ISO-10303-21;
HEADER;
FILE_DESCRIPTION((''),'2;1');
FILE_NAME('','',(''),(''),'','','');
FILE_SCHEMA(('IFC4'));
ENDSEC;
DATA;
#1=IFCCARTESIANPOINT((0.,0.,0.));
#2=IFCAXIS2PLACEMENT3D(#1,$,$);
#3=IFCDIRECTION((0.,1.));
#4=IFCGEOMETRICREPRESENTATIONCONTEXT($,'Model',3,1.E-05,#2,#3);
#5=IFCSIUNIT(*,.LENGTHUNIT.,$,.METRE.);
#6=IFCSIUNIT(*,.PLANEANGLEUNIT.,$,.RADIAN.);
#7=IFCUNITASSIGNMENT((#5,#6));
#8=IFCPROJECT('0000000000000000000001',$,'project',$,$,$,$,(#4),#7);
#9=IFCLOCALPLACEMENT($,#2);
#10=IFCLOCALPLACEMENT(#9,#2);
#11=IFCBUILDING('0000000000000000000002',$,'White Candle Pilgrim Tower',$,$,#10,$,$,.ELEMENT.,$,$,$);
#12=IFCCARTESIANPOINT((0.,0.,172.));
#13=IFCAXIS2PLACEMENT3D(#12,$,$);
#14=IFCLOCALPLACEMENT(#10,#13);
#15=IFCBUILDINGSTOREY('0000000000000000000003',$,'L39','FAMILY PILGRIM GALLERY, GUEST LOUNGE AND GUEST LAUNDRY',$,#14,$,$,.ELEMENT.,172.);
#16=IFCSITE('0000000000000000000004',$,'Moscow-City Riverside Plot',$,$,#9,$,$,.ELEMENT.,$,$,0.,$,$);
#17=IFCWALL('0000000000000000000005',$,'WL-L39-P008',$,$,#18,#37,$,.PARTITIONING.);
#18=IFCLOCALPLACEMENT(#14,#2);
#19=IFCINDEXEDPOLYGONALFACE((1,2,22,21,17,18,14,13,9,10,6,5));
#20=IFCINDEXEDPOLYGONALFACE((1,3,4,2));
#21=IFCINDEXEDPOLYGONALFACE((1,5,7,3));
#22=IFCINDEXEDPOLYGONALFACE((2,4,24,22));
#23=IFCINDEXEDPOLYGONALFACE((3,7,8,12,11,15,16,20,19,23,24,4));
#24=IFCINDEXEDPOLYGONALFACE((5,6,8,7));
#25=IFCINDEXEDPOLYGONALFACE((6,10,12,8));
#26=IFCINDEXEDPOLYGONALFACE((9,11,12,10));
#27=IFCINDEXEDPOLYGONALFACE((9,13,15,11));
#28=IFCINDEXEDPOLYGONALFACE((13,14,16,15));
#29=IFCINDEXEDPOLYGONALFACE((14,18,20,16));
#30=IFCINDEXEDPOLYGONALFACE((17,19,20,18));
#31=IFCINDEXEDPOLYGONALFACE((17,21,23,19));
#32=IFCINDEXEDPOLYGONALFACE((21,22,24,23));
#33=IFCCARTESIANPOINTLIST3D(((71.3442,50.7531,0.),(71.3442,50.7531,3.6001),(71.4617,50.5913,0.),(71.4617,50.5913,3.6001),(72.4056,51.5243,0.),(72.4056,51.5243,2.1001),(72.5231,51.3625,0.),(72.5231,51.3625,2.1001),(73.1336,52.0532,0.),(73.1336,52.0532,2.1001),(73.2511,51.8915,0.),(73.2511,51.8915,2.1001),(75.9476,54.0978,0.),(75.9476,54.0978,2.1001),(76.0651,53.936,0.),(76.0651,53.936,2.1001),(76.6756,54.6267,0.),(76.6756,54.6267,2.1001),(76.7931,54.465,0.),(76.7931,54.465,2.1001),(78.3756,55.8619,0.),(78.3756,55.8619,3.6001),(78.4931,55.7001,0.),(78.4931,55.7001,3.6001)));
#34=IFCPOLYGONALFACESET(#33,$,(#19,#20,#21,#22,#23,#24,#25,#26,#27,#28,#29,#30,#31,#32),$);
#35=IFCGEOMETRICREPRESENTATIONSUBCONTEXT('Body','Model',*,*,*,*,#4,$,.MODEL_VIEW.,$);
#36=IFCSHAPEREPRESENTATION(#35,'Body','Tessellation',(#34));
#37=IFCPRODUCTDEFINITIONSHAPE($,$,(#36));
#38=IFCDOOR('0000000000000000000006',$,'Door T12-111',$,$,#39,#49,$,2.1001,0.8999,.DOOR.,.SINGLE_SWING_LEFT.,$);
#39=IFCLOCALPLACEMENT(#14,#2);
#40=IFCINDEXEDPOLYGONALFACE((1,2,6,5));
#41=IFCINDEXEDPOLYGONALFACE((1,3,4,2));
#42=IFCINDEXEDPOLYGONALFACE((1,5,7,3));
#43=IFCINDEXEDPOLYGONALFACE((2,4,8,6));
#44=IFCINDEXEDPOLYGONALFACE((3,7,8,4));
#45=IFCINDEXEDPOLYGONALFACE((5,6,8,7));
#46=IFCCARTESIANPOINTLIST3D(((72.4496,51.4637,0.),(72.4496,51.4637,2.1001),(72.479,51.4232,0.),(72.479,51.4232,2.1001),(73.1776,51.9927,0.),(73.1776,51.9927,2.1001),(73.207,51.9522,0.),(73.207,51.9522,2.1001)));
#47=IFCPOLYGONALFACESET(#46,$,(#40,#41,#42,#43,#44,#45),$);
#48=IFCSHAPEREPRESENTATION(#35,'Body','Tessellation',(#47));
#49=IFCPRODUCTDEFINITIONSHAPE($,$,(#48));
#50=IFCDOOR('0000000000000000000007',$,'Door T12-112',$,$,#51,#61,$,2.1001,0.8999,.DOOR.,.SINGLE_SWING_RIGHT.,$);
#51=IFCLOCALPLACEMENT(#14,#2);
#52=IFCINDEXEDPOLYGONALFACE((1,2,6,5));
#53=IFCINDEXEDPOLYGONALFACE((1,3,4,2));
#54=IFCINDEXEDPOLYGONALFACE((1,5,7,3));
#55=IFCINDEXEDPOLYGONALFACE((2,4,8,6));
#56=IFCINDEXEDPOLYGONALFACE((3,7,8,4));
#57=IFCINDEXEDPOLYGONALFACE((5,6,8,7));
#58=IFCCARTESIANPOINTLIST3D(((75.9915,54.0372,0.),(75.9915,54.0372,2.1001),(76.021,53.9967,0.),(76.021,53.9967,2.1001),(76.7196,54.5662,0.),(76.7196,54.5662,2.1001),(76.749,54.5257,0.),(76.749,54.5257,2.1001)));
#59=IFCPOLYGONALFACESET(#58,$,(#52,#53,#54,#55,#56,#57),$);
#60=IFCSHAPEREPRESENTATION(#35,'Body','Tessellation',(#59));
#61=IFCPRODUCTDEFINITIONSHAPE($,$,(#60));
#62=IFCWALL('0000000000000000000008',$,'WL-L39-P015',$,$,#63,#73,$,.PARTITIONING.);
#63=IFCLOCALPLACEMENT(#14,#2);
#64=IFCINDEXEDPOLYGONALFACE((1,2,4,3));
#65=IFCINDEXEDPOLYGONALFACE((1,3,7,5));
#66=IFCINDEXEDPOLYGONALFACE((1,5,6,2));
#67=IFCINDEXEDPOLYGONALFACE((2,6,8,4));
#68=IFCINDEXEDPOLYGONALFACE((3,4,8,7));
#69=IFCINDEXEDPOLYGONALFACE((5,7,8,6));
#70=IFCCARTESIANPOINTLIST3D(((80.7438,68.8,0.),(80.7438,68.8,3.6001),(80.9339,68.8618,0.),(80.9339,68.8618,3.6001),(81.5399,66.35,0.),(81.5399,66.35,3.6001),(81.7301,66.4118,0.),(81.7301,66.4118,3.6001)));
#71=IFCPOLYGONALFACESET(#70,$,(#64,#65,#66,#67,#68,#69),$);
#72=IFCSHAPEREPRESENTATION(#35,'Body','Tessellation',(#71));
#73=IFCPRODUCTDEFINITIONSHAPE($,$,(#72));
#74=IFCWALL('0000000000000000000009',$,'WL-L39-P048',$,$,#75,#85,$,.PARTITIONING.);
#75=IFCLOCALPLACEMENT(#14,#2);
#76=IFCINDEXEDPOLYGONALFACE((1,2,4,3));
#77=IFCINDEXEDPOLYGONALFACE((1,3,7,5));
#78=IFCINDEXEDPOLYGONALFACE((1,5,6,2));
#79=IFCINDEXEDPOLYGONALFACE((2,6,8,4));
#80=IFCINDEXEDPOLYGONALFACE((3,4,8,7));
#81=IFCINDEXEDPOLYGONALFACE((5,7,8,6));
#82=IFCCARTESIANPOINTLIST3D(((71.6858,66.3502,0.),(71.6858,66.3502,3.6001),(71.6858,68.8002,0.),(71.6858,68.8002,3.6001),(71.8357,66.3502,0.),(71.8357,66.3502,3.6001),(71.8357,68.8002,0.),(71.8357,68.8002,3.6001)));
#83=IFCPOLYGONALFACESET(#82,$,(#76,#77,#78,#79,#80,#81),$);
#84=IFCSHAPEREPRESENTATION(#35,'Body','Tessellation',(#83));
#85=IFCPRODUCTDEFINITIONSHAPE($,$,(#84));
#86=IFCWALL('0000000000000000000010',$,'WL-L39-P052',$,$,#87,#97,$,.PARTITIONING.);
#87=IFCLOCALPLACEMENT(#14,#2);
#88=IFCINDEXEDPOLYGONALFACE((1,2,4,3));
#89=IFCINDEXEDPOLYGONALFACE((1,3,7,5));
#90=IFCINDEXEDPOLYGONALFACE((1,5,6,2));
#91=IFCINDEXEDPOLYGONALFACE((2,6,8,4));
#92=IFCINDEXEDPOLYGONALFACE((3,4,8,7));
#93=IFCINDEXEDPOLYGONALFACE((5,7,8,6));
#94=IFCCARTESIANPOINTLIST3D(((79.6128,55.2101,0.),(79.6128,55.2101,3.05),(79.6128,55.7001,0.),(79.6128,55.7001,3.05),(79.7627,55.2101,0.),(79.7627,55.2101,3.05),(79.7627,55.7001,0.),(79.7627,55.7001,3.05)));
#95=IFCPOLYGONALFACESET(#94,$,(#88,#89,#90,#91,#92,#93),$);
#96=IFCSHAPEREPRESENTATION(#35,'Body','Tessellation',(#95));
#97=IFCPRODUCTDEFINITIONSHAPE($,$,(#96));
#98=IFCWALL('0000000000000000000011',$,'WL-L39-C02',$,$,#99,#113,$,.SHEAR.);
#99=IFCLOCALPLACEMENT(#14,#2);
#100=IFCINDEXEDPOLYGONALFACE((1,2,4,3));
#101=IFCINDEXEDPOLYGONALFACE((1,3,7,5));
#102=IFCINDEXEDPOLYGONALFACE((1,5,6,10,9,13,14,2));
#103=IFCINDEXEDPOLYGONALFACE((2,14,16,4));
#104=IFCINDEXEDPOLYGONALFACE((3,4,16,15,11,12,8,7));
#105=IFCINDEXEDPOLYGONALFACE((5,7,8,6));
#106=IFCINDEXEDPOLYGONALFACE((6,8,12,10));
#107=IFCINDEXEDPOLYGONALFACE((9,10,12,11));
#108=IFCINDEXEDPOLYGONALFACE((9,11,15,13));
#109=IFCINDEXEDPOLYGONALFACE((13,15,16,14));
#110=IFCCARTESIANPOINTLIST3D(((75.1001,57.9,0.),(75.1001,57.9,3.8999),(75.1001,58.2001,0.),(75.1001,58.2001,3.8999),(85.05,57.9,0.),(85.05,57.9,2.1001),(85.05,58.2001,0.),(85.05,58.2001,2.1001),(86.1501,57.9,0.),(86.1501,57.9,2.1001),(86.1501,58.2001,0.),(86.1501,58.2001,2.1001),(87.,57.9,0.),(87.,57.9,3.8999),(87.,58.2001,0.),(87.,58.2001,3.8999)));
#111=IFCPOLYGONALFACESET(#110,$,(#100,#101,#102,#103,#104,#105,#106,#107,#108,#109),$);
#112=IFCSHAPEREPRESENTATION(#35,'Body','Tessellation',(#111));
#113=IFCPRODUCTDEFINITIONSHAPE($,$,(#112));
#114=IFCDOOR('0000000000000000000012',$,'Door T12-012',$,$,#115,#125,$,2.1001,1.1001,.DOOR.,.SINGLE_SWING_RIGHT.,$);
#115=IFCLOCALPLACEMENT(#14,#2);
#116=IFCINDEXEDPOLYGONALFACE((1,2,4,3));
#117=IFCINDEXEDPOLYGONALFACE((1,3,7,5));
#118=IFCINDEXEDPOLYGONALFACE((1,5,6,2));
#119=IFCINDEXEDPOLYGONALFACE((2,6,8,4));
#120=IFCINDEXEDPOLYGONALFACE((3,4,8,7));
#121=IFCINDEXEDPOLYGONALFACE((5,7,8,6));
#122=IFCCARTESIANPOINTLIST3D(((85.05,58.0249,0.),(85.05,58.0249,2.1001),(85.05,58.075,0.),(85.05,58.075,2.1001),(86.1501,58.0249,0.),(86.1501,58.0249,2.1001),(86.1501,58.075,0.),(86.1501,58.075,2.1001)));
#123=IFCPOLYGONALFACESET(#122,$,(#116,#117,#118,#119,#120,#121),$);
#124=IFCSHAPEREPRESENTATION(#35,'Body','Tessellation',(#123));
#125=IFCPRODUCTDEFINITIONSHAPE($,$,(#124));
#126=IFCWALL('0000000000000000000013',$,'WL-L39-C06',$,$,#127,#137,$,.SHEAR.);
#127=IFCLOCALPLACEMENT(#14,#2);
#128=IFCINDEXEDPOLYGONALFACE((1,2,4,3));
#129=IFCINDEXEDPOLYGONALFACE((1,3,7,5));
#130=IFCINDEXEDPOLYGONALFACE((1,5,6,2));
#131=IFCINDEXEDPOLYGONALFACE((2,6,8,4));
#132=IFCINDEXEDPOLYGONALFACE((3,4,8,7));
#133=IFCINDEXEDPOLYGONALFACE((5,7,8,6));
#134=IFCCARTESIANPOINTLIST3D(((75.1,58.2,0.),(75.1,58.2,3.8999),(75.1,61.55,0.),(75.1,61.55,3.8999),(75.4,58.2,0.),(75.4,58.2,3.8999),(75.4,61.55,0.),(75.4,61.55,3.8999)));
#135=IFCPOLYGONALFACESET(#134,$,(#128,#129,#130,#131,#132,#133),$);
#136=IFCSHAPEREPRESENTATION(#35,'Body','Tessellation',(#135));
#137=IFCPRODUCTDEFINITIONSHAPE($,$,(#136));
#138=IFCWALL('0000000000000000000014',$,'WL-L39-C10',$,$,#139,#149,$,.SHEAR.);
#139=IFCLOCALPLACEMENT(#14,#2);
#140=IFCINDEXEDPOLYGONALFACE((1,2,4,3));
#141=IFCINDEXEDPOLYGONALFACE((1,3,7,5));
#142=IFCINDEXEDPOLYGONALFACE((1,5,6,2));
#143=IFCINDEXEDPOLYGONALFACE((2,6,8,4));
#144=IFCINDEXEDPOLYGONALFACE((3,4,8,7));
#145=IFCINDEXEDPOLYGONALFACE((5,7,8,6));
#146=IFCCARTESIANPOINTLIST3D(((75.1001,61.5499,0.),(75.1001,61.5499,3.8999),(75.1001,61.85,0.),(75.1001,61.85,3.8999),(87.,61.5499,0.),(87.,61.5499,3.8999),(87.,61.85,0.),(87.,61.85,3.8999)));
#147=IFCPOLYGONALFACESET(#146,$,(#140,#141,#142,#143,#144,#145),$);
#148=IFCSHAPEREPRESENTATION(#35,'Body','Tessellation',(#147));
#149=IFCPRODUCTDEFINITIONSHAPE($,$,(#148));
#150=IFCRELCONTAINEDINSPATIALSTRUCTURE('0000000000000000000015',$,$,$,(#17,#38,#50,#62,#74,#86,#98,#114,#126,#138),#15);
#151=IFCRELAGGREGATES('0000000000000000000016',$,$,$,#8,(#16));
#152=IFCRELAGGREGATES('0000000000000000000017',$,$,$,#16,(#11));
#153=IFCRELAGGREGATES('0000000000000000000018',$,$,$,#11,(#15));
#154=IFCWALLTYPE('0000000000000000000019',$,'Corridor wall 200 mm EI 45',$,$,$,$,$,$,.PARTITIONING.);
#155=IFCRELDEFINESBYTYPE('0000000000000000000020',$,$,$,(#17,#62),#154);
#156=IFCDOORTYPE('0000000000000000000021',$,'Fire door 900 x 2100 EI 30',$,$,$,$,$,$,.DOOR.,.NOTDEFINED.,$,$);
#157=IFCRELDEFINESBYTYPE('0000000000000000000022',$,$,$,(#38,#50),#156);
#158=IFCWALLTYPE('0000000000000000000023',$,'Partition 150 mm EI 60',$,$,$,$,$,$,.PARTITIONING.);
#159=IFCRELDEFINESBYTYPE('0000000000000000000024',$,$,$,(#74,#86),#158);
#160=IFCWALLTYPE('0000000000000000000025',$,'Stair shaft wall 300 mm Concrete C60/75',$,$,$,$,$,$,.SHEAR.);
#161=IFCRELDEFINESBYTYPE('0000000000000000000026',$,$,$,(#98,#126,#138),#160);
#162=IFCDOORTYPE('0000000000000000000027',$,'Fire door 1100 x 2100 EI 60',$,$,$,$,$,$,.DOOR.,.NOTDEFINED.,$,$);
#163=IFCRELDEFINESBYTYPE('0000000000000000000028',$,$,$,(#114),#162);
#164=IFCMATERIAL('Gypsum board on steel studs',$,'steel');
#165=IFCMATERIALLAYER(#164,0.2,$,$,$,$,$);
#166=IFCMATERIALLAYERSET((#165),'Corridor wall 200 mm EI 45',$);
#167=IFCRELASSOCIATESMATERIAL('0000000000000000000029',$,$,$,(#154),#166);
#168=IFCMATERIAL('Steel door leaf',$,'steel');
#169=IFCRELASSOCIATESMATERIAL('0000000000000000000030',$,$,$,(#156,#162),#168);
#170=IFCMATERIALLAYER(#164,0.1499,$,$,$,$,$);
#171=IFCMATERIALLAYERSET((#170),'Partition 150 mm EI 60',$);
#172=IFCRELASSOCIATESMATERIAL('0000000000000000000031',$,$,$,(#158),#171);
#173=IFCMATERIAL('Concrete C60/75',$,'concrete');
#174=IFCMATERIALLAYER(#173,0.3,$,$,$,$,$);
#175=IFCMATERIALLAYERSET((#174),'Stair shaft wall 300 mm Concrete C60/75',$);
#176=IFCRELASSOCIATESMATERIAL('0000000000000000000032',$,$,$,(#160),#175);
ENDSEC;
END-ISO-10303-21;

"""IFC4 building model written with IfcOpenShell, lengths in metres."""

from ifc_helpers import new_model, si_unit, direction, frame, frame_2d, origin, place, context, subcontext, project, spatial, rectangle, extrude, material, layer, layer_set, type_object, element, fill, save


model = new_model("IFC4")

# Units and contexts
model_context = context("Model", 3, precision=1e-05, world=origin(), true_north=direction((0.0, 1.0)))
body_context = subcontext(model_context, "Body", "Model", "MODEL_VIEW")
ifc_project = project(units=[si_unit("LENGTHUNIT", "METRE"), si_unit("PLANEANGLEUNIT", "RADIAN")], contexts=[model_context])

# Site, building, storey
site_placement = place(None, origin())
site = spatial("IfcSite", under=ifc_project, at=site_placement, Name="Moscow-City Riverside Plot", CompositionType="ELEMENT", RefElevation=0.0)
building_placement = place(site_placement, origin())
building = spatial("IfcBuilding", under=site, at=building_placement, Name="White Candle Pilgrim Tower", CompositionType="ELEMENT")
storey_placement = place(building_placement, frame((0.0, 0.0, 172.0)))
storey = spatial("IfcBuildingStorey", under=building, at=storey_placement, Name="L39", Description="FAMILY PILGRIM GALLERY, GUEST LOUNGE AND GUEST LAUNDRY", CompositionType="ELEMENT", Elevation=172.0)

# Wall, openings, doors
ifc_material_1 = material(Name="Gypsum board on steel studs", Category="steel")
ifc_layer_1 = layer(ifc_material_1, 0.2)
ifc_layer_set_1 = layer_set([ifc_layer_1], Name="Corridor wall 200 mm EI 45")
wall_type_1 = type_object("IfcWallType", Name="Corridor wall 200 mm EI 45", PredefinedType="PARTITIONING", material=ifc_layer_set_1)
wall_1_placement = place(storey_placement, frame((78.4343, 55.781, 0.0), z_axis=(0.0, 0.0, 1.0), x_axis=(-0.809006, -0.587801, 0.0)))
wall_1 = element("IfcWall", 1, at=wall_1_placement, inside=storey, type_object=wall_type_1, Name="WL-L39-P008", PredefinedType="PARTITIONING", context=body_context, shape_type="SweptSolid", body=[
    extrude(rectangle(XDim=8.6914, YDim=0.2, at=frame_2d((4.3457, 0.0))), origin(), (0.0, 0.0, 1.0), 3.6001),
])
opening_1_placement = place(wall_1_placement, frame((6.4795, 0.0, 0.0)))
opening_1 = element("IfcOpeningElement", 2, at=opening_1_placement, cuts=wall_1, PredefinedType="OPENING", context=body_context, shape_type="SweptSolid", body=[
    extrude(rectangle(XDim=0.8999, YDim=2.1001, at=frame_2d((0.45, 1.05))), frame((0.0, 0.1099, 0.0), z_axis=(0.0, -1.0, 0.0), x_axis=(1.0, 0.0, 0.0)), (0.0, 0.0, 1.0), 0.22),
])
opening_2_placement = place(wall_1_placement, frame((2.1013, 0.0, 0.0)))
opening_2 = element("IfcOpeningElement", 3, at=opening_2_placement, cuts=wall_1, PredefinedType="OPENING", context=body_context, shape_type="SweptSolid", body=[
    extrude(rectangle(XDim=0.8999, YDim=2.1001, at=frame_2d((0.45, 1.05))), frame((0.0, 0.1099, 0.0), z_axis=(0.0, -1.0, 0.0), x_axis=(1.0, 0.0, 0.0)), (0.0, 0.0, 1.0), 0.22),
])
ifc_material_2 = material(Name="Steel door leaf", Category="steel")
door_type_1 = type_object("IfcDoorType", Name="Fire door 900 x 2100 EI 30", OperationType="NOTDEFINED", PredefinedType="DOOR", material=ifc_material_2)
door_1_placement = place(opening_1_placement, origin())
door_1 = element("IfcDoor", 4, at=door_1_placement, inside=storey, type_object=door_type_1, Name="Door T12-111", OperationType="SINGLE_SWING_LEFT", OverallHeight=2.1001, OverallWidth=0.8999, PredefinedType="DOOR", context=body_context, shape_type="SweptSolid", body=[
    extrude(rectangle(XDim=0.8999, YDim=2.1001, at=frame_2d((0.45, 1.05))), frame((0.0, 0.0249, 0.0), z_axis=(0.0, -1.0, 0.0), x_axis=(1.0, 0.0, 0.0)), (0.0, 0.0, 1.0), 0.05),
])
fill(opening_1, door_1)
door_2_placement = place(opening_2_placement, origin())
door_2 = element("IfcDoor", 5, at=door_2_placement, inside=storey, type_object=door_type_1, Name="Door T12-112", OperationType="SINGLE_SWING_RIGHT", OverallHeight=2.1001, OverallWidth=0.8999, PredefinedType="DOOR", context=body_context, shape_type="SweptSolid", body=[
    extrude(rectangle(XDim=0.8999, YDim=2.1001, at=frame_2d((0.45, 1.05))), frame((0.0, 0.0249, 0.0), z_axis=(0.0, -1.0, 0.0), x_axis=(1.0, 0.0, 0.0)), (0.0, 0.0, 1.0), 0.05),
])
fill(opening_2, door_2)

# Walls
wall_2_placement = place(storey_placement, frame((81.635, 66.3809, 0.0), z_axis=(0.0, 0.0, 1.0), x_axis=(-0.309054, 0.951045, 0.0)))
element("IfcWall", 6, at=wall_2_placement, inside=storey, type_object=wall_type_1, Name="WL-L39-P015", PredefinedType="PARTITIONING", context=body_context, shape_type="SweptSolid", body=[
    extrude(rectangle(XDim=2.5762, YDim=0.2, at=frame_2d((1.2881, 0.0))), origin(), (0.0, 0.0, 1.0), 3.6001),
])
ifc_layer_2 = layer(ifc_material_1, 0.1499)
ifc_layer_set_2 = layer_set([ifc_layer_2], Name="Partition 150 mm EI 60")
wall_type_2 = type_object("IfcWallType", Name="Partition 150 mm EI 60", PredefinedType="PARTITIONING", material=ifc_layer_set_2)
wall_3_placement = place(storey_placement, frame((71.7607, 66.3501, 0.0), z_axis=(0.0, 0.0, 1.0), x_axis=(0.0, 1.0, 0.0)))
element("IfcWall", 7, at=wall_3_placement, inside=storey, type_object=wall_type_2, Name="WL-L39-P048", PredefinedType="PARTITIONING", context=body_context, shape_type="SweptSolid", body=[
    extrude(rectangle(XDim=2.45, YDim=0.1499, at=frame_2d((1.2251, 0.0))), origin(), (0.0, 0.0, 1.0), 3.6001),
])
wall_4_placement = place(storey_placement, frame((79.6877, 55.21, 0.0), z_axis=(0.0, 0.0, 1.0), x_axis=(0.0, 1.0, 0.0)))
element("IfcWall", 8, at=wall_4_placement, inside=storey, type_object=wall_type_2, Name="WL-L39-P052", PredefinedType="PARTITIONING", context=body_context, shape_type="SweptSolid", body=[
    extrude(rectangle(XDim=0.49, YDim=0.1499, at=frame_2d((0.2451, 0.0))), origin(), (0.0, 0.0, 1.0), 3.05),
])

# Wall, opening, door
ifc_material_3 = material(Name="Concrete C60/75", Category="concrete")
ifc_layer_3 = layer(ifc_material_3, 0.3)
ifc_layer_set_3 = layer_set([ifc_layer_3], Name="Stair shaft wall 300 mm Concrete C60/75")
wall_type_3 = type_object("IfcWallType", Name="Stair shaft wall 300 mm Concrete C60/75", PredefinedType="SHEAR", material=ifc_layer_set_3)
wall_5_placement = place(storey_placement, frame((75.1001, 58.05, 0.0), z_axis=(0.0, 0.0, 1.0), x_axis=(1.0, 0.0, 0.0)))
wall_5 = element("IfcWall", 9, at=wall_5_placement, inside=storey, type_object=wall_type_3, Name="WL-L39-C02", PredefinedType="SHEAR", context=body_context, shape_type="SweptSolid", body=[
    extrude(rectangle(XDim=11.8999, YDim=0.3, at=frame_2d((5.95, 0.0))), origin(), (0.0, 0.0, 1.0), 3.8999),
])
opening_3_placement = place(wall_5_placement, frame((9.95, 0.0, 0.0)))
opening_3 = element("IfcOpeningElement", 10, at=opening_3_placement, cuts=wall_5, PredefinedType="OPENING", context=body_context, shape_type="SweptSolid", body=[
    extrude(rectangle(XDim=1.1001, YDim=2.1001, at=frame_2d((0.55, 1.05))), frame((0.0, 0.1599, 0.0), z_axis=(0.0, -1.0, 0.0), x_axis=(1.0, 0.0, 0.0)), (0.0, 0.0, 1.0), 0.3201),
])
door_type_2 = type_object("IfcDoorType", Name="Fire door 1100 x 2100 EI 60", OperationType="NOTDEFINED", PredefinedType="DOOR", material=ifc_material_2)
door_3_placement = place(opening_3_placement, origin())
door_3 = element("IfcDoor", 11, at=door_3_placement, inside=storey, type_object=door_type_2, Name="Door T12-012", OperationType="SINGLE_SWING_RIGHT", OverallHeight=2.1001, OverallWidth=1.1001, PredefinedType="DOOR", context=body_context, shape_type="SweptSolid", body=[
    extrude(rectangle(XDim=1.1001, YDim=2.1001, at=frame_2d((0.55, 1.05))), frame((0.0, 0.0249, 0.0), z_axis=(0.0, -1.0, 0.0), x_axis=(1.0, 0.0, 0.0)), (0.0, 0.0, 1.0), 0.05),
])
fill(opening_3, door_3)

# Walls
wall_6_placement = place(storey_placement, frame((75.25, 58.2, 0.0), z_axis=(0.0, 0.0, 1.0), x_axis=(0.0, 1.0, 0.0)))
element("IfcWall", 12, at=wall_6_placement, inside=storey, type_object=wall_type_3, Name="WL-L39-C06", PredefinedType="SHEAR", context=body_context, shape_type="SweptSolid", body=[
    extrude(rectangle(XDim=3.3501, YDim=0.3, at=frame_2d((1.675, 0.0))), origin(), (0.0, 0.0, 1.0), 3.8999),
])
wall_7_placement = place(storey_placement, frame((75.1001, 61.7, 0.0), z_axis=(0.0, 0.0, 1.0), x_axis=(1.0, 0.0, 0.0)))
element("IfcWall", 13, at=wall_7_placement, inside=storey, type_object=wall_type_3, Name="WL-L39-C10", PredefinedType="SHEAR", context=body_context, shape_type="SweptSolid", body=[
    extrude(rectangle(XDim=11.8999, YDim=0.3, at=frame_2d((5.95, 0.0))), origin(), (0.0, 0.0, 1.0), 3.8999),
])

save(model, "model.ifc")
